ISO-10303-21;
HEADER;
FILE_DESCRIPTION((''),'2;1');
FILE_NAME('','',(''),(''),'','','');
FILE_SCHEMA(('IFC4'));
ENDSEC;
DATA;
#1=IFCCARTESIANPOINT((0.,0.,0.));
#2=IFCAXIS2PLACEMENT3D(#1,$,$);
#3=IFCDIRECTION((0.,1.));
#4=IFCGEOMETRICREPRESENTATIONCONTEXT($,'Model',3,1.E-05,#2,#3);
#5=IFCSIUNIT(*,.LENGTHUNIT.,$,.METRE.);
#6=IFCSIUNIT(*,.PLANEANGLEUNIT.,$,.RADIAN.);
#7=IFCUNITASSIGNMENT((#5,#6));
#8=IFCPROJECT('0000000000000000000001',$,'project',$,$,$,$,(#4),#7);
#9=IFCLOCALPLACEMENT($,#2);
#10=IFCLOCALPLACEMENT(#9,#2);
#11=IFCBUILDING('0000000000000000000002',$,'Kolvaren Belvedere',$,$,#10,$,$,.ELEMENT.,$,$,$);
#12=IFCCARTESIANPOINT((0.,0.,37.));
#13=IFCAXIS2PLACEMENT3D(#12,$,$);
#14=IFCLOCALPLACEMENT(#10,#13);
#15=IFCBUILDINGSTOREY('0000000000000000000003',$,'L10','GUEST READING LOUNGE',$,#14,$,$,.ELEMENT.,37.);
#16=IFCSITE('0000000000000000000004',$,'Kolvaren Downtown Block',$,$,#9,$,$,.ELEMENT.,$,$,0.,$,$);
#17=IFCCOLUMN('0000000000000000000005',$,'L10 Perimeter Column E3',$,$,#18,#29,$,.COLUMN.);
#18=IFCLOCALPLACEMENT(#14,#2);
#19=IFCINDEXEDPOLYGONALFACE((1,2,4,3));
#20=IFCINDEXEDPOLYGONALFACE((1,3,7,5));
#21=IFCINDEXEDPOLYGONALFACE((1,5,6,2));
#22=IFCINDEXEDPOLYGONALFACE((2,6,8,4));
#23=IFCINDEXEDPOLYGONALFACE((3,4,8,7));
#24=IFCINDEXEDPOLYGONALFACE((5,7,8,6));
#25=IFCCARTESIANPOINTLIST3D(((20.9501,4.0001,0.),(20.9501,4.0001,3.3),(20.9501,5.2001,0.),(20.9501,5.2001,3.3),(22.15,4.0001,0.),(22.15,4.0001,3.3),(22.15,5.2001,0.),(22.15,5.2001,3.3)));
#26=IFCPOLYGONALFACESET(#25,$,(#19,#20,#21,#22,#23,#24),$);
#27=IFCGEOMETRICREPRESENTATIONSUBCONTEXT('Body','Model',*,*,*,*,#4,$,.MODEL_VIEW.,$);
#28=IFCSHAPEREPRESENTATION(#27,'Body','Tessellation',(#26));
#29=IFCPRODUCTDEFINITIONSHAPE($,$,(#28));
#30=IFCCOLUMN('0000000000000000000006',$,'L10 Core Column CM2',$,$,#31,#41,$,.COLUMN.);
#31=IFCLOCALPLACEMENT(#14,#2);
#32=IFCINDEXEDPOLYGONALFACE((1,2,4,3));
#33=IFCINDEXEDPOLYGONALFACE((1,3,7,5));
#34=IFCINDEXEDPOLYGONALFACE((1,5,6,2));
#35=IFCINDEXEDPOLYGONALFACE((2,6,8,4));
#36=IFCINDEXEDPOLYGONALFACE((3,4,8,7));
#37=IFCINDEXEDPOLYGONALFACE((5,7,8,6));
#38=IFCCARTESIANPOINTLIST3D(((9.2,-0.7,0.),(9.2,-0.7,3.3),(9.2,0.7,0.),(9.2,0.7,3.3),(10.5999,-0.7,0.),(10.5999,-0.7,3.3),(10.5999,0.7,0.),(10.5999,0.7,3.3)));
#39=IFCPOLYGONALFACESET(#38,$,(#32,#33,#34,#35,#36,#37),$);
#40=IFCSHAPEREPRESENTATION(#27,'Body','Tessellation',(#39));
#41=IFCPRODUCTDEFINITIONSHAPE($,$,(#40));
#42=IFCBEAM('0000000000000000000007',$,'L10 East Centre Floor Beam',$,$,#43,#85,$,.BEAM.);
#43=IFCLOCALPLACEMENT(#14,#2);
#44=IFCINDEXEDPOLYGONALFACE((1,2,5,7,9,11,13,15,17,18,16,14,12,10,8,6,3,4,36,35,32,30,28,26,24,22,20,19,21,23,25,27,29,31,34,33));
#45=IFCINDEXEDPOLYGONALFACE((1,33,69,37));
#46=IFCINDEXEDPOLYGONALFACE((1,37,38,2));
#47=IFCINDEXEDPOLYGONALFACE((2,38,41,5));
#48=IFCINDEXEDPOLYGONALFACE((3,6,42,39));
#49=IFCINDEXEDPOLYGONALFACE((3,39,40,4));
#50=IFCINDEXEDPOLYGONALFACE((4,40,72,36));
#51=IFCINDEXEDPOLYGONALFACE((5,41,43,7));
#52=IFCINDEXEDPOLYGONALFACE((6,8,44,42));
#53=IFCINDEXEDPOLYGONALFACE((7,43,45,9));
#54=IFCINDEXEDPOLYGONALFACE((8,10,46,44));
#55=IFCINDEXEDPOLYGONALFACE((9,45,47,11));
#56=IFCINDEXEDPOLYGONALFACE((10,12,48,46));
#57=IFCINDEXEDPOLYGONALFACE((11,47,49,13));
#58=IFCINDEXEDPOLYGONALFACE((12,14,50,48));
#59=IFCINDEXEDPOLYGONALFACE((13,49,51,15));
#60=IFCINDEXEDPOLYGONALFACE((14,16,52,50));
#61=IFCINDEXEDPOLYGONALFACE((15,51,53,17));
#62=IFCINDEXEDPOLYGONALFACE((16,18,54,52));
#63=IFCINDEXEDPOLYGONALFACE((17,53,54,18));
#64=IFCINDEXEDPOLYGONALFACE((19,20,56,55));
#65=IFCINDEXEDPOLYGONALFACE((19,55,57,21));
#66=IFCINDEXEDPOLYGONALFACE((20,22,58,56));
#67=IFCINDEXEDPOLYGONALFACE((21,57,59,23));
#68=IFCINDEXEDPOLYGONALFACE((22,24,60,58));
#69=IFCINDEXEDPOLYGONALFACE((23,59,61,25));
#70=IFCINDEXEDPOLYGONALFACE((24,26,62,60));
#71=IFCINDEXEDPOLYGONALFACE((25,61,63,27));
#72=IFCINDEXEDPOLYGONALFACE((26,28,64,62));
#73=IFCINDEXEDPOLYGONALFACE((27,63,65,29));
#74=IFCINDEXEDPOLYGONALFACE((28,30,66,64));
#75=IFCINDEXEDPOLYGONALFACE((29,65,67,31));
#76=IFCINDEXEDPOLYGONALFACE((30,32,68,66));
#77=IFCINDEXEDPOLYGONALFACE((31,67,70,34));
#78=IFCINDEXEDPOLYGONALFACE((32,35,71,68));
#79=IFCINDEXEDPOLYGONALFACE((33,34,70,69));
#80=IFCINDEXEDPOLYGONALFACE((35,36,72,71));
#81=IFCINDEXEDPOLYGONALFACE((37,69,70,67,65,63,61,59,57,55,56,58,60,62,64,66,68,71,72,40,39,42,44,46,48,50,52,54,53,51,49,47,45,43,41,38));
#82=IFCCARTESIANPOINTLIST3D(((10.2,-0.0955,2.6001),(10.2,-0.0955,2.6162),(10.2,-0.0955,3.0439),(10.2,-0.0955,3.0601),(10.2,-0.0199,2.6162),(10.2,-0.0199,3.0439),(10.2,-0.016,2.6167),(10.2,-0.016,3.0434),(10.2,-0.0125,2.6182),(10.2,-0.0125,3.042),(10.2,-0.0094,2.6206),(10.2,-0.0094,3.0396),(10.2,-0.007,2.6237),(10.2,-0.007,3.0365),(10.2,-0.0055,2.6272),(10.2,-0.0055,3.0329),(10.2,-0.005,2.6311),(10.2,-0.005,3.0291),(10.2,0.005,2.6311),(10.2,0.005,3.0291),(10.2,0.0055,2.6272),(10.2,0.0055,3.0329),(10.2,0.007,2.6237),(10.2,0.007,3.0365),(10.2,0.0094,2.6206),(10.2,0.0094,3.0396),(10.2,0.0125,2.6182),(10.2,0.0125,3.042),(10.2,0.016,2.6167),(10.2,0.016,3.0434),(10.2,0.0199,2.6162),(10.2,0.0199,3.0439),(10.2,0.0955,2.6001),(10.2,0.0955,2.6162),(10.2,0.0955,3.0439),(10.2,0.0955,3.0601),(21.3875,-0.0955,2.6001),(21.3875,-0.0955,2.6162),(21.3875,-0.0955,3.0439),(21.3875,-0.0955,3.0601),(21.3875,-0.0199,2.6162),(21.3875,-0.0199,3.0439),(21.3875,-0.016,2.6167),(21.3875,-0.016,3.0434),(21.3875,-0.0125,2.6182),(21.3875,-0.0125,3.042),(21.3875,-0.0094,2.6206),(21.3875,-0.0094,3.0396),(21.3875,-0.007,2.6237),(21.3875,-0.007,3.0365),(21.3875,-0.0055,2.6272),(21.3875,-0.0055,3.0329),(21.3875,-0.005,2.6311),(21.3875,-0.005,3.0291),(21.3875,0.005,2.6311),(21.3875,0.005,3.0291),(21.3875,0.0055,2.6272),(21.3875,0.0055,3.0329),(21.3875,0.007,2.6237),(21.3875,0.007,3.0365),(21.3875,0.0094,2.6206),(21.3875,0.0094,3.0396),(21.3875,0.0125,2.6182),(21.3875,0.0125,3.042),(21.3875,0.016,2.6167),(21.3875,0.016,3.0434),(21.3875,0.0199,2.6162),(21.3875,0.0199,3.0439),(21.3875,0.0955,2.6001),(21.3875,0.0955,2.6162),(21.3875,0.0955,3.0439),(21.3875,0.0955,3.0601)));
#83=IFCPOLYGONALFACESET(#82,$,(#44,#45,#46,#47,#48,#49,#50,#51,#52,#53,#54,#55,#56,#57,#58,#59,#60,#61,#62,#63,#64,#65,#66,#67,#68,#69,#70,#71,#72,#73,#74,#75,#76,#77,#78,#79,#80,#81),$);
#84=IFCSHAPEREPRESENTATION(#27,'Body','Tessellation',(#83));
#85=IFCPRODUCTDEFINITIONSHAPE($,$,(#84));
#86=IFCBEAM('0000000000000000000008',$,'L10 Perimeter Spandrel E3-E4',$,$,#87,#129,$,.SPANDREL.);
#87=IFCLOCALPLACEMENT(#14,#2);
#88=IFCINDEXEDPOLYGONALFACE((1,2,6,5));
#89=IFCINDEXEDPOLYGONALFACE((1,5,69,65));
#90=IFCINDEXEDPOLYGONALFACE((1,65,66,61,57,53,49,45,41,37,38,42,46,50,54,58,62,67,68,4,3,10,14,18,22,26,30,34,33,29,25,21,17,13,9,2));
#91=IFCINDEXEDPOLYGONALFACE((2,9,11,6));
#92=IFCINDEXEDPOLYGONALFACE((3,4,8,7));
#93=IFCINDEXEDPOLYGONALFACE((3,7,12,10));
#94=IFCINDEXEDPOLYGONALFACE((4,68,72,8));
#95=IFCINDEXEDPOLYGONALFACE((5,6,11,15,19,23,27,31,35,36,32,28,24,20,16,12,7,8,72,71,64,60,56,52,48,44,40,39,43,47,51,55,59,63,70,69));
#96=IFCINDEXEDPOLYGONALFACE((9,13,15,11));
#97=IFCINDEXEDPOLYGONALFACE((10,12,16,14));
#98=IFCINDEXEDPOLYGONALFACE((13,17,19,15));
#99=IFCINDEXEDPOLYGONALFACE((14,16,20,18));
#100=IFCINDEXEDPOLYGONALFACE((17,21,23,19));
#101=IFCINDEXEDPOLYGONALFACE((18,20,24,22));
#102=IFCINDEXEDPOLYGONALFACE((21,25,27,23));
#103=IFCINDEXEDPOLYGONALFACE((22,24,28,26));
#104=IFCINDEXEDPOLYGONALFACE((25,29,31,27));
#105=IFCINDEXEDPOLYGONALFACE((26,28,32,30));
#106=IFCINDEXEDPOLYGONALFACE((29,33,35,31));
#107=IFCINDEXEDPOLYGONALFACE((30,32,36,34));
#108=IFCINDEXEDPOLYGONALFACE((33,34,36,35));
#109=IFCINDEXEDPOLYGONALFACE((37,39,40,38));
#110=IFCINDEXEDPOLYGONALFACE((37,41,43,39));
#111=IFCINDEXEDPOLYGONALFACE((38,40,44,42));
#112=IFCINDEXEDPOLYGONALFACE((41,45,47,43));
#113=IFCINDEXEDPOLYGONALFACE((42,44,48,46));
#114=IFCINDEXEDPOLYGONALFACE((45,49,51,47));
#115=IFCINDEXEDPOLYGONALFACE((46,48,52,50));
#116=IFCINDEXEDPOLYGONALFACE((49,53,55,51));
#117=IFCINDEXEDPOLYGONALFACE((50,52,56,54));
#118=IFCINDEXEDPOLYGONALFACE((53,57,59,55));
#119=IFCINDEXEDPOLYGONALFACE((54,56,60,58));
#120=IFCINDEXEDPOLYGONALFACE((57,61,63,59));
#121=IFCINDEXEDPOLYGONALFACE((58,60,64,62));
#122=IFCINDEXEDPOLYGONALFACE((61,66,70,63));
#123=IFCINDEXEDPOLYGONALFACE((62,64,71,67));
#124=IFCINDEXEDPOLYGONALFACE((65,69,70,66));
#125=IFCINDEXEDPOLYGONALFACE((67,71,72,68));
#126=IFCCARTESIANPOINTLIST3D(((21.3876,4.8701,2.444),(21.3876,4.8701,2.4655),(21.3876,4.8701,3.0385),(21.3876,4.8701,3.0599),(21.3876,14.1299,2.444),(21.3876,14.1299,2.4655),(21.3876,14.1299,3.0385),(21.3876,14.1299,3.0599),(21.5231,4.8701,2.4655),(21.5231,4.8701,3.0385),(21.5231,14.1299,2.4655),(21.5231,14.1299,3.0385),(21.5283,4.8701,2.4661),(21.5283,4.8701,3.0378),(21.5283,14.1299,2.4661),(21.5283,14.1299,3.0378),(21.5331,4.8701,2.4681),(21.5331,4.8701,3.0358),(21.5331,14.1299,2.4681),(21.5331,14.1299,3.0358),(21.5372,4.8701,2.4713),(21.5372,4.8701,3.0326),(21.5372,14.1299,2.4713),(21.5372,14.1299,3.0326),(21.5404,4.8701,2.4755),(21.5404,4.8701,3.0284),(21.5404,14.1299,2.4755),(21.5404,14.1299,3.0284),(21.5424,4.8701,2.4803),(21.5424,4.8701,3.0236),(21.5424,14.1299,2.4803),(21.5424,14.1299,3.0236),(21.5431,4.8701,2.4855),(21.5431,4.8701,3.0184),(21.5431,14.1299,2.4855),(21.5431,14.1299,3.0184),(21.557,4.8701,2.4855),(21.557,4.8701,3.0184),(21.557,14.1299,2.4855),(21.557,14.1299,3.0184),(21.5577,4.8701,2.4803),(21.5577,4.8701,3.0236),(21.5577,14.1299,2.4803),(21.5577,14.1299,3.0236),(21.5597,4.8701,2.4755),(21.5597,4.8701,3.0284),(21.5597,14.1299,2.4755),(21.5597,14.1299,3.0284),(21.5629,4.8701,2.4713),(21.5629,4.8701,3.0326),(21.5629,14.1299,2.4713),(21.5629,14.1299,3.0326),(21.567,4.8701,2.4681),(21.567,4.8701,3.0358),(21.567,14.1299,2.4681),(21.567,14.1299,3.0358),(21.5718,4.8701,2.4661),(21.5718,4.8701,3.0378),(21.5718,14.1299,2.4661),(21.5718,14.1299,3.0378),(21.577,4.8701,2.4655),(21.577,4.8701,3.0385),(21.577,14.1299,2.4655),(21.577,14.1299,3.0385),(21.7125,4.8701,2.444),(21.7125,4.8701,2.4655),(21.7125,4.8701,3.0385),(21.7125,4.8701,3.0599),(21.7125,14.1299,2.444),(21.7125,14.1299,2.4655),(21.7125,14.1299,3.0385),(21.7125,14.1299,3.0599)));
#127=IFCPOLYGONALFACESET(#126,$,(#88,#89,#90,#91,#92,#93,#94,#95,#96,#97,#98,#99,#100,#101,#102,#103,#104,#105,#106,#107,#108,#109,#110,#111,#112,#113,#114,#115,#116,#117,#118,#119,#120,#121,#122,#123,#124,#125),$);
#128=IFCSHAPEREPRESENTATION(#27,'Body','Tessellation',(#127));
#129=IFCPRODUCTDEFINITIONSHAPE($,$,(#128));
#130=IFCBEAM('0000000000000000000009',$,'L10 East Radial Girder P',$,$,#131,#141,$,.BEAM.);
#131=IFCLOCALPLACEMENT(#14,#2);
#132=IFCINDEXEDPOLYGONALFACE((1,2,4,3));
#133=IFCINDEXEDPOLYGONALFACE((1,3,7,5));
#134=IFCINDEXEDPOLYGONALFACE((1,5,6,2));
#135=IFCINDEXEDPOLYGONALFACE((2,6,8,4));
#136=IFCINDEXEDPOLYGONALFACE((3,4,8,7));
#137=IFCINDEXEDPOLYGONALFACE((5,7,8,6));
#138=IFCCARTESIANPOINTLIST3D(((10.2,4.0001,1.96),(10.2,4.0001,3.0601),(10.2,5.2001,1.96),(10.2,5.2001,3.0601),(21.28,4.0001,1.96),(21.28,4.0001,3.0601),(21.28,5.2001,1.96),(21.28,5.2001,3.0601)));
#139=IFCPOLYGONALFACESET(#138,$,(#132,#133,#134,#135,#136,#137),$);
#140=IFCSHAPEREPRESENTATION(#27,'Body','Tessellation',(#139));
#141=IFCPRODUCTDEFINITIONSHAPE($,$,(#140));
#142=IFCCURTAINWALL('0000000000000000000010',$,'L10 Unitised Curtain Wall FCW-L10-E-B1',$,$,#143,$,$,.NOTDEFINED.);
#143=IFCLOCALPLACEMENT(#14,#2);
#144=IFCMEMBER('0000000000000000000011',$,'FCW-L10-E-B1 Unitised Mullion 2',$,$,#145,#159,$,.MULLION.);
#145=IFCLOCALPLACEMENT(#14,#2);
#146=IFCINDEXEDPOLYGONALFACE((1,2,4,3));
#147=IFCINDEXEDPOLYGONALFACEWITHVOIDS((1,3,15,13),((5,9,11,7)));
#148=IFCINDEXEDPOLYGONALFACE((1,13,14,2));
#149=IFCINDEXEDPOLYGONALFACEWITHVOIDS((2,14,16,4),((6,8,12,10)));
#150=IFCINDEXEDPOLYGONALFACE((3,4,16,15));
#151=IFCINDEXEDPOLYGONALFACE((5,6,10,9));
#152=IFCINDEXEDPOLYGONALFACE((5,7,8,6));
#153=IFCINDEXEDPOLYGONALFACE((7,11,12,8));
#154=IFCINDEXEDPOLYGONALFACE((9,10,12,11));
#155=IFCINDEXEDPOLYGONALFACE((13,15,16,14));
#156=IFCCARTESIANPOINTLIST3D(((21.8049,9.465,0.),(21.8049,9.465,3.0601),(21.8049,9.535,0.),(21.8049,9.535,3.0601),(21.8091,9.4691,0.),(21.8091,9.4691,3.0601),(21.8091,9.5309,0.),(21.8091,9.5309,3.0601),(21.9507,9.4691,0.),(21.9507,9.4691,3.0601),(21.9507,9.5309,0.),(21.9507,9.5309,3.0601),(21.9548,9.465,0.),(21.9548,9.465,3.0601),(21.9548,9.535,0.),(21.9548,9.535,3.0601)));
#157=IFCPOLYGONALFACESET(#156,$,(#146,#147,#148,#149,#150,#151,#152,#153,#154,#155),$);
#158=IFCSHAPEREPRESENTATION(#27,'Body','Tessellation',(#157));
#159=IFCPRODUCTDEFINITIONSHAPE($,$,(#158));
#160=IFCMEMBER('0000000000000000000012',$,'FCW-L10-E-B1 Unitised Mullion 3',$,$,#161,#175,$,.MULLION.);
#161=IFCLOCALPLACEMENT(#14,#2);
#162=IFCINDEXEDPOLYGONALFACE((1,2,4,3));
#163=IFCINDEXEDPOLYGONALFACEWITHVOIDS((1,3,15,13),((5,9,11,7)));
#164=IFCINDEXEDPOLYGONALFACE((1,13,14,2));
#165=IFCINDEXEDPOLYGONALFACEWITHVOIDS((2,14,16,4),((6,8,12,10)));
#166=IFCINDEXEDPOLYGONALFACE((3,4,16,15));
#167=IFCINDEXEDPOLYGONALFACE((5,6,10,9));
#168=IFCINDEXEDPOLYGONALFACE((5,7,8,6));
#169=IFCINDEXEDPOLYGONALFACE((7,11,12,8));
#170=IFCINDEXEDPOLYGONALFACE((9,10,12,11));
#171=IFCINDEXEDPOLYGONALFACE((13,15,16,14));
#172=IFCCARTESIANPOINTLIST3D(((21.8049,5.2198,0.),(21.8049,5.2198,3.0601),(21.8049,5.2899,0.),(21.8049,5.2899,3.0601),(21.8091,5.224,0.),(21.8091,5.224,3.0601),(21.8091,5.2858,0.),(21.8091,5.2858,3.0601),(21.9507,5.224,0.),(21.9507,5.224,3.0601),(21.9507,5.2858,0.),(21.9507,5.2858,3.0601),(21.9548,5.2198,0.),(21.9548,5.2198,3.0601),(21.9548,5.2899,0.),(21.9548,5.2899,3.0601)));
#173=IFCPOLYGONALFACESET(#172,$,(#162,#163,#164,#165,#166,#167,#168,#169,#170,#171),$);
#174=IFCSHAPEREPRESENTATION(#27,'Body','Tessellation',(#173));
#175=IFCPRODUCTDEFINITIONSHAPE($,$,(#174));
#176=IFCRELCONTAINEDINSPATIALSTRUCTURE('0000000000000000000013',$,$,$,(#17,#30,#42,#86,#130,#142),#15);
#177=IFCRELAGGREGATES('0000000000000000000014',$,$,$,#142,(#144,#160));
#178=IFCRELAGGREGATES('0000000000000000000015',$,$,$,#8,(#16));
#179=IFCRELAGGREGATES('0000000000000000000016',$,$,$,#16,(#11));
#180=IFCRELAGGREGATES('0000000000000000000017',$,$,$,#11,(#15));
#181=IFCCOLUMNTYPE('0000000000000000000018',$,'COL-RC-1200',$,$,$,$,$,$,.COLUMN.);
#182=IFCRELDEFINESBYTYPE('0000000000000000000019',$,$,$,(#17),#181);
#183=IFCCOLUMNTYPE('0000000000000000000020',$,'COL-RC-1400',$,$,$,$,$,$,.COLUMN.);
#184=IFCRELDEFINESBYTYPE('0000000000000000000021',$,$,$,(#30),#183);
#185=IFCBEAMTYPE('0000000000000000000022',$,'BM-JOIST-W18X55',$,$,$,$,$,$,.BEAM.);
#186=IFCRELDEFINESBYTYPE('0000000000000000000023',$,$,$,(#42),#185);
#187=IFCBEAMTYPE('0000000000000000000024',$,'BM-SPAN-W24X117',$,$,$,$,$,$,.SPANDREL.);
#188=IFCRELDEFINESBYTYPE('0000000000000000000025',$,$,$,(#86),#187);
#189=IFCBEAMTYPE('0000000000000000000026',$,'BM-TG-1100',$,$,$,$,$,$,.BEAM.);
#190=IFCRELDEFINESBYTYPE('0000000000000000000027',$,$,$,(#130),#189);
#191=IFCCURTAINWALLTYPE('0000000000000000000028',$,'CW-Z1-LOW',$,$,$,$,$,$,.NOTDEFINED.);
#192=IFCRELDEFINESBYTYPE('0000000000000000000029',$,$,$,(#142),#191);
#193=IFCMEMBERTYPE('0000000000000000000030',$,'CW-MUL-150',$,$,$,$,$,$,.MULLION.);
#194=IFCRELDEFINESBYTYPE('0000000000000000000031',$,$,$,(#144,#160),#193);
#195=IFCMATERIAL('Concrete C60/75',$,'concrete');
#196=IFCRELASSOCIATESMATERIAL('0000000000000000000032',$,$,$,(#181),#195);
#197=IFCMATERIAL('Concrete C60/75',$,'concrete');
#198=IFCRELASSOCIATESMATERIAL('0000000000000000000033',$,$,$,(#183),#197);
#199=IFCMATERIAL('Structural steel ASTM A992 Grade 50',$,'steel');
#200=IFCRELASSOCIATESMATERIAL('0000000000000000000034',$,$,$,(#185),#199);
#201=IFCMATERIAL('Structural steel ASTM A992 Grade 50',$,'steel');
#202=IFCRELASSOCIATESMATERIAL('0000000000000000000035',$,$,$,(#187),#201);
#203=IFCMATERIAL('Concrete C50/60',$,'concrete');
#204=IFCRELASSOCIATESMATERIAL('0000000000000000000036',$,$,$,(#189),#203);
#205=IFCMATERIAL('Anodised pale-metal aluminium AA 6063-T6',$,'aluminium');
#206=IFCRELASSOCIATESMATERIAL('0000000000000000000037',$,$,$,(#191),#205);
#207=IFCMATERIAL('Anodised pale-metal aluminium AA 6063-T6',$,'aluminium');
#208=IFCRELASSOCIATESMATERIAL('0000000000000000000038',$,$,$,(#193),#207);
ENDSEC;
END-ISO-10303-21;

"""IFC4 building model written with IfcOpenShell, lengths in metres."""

from ifc_helpers import new_model, si_unit, direction, frame, origin, origin_2d, place, context, subcontext, project, spatial, rectangle, hollow_rectangle, i_section, extrude, material, material_profile, profile_set, type_object, element, aggregate, save


model = new_model("IFC4")

# Units and contexts
model_context = context("Model", 3, precision=1e-05, world=origin(), true_north=direction((0.0, 1.0)))
body_context = subcontext(model_context, "Body", "Model", "MODEL_VIEW")
ifc_project = project(units=[si_unit("LENGTHUNIT", "METRE"), si_unit("PLANEANGLEUNIT", "RADIAN")], contexts=[model_context])

# Site, building, storey
site_placement = place(None, origin())
site = spatial("IfcSite", under=ifc_project, at=site_placement, Name="Kolvaren Downtown Block", CompositionType="ELEMENT", RefElevation=0.0)
building_placement = place(site_placement, origin())
building = spatial("IfcBuilding", under=site, at=building_placement, Name="Kolvaren Belvedere", CompositionType="ELEMENT")
storey_placement = place(building_placement, frame((0.0, 0.0, 37.0)))
storey = spatial("IfcBuildingStorey", under=building, at=storey_placement, Name="L10", Description="GUEST READING LOUNGE", CompositionType="ELEMENT", Elevation=37.0)

# Columns
ifc_material_1 = material(Name="Concrete C60/75", Category="concrete")
ifc_material_profile_1 = material_profile(ifc_material_1, rectangle(XDim=1.2, YDim=1.2, at=origin_2d()), Name="RC 1200X1200")
ifc_profile_set_1 = profile_set([ifc_material_profile_1], Name="Concrete C60/75")
column_type_1 = type_object("IfcColumnType", Name="COL-RC-1200", PredefinedType="COLUMN", material=ifc_profile_set_1)
column_1_placement = place(storey_placement, frame((21.55, 4.6001, 0.0), z_axis=(0.0, 0.0, 1.0), x_axis=(1.0, 0.0, 0.0)))
element("IfcColumn", 1, at=column_1_placement, inside=storey, type_object=column_type_1, Name="L10 Perimeter Column E3", PredefinedType="COLUMN", context=body_context, shape_type="SweptSolid", body=[
    extrude(rectangle(XDim=1.2, YDim=1.2, at=origin_2d()), origin(), (0.0, 0.0, 1.0), 3.3),
])
ifc_material_2 = material(Name="Concrete C60/75", Category="concrete")
ifc_material_profile_2 = material_profile(ifc_material_2, rectangle(XDim=1.3999, YDim=1.3999, at=origin_2d()), Name="RC 1400X1400")
ifc_profile_set_2 = profile_set([ifc_material_profile_2], Name="Concrete C60/75")
column_type_2 = type_object("IfcColumnType", Name="COL-RC-1400", PredefinedType="COLUMN", material=ifc_profile_set_2)
column_2_placement = place(storey_placement, frame((9.8999, 0.0, 0.0), z_axis=(0.0, 0.0, 1.0), x_axis=(1.0, 0.0, 0.0)))
element("IfcColumn", 2, at=column_2_placement, inside=storey, type_object=column_type_2, Name="L10 Core Column CM2", PredefinedType="COLUMN", context=body_context, shape_type="SweptSolid", body=[
    extrude(rectangle(XDim=1.3999, YDim=1.3999, at=origin_2d()), origin(), (0.0, 0.0, 1.0), 3.3),
])

# Beams
ifc_material_3 = material(Name="Structural steel ASTM A992 Grade 50", Category="steel")
ifc_material_profile_3 = material_profile(ifc_material_3, i_section(OverallWidth=0.1909, OverallDepth=0.46, WebThickness=0.01, FlangeThickness=0.0161, FilletRadius=0.0149, at=origin_2d()), Name="W18X55")
ifc_profile_set_3 = profile_set([ifc_material_profile_3], Name="Structural steel ASTM A992 Grade 50")
beam_type_1 = type_object("IfcBeamType", Name="BM-JOIST-W18X55", PredefinedType="BEAM", material=ifc_profile_set_3)
beam_1_placement = place(storey_placement, frame((10.2, 0.0, 2.8301), z_axis=(1.0, 0.0, 0.0), x_axis=(0.0, 1.0, 0.0)))
element("IfcBeam", 3, at=beam_1_placement, inside=storey, type_object=beam_type_1, Name="L10 East Centre Floor Beam", PredefinedType="BEAM", context=body_context, shape_type="SweptSolid", body=[
    extrude(i_section(OverallWidth=0.1909, OverallDepth=0.46, WebThickness=0.01, FlangeThickness=0.0161, FilletRadius=0.0149, at=origin_2d()), origin(), (0.0, 0.0, 1.0), 11.1875),
])
ifc_material_4 = material(Name="Structural steel ASTM A992 Grade 50", Category="steel")
ifc_material_profile_4 = material_profile(ifc_material_4, i_section(OverallWidth=0.325, OverallDepth=0.616, WebThickness=0.0139, FlangeThickness=0.0215, FilletRadius=0.02, at=origin_2d()), Name="W24X117")
ifc_profile_set_4 = profile_set([ifc_material_profile_4], Name="Structural steel ASTM A992 Grade 50")
beam_type_2 = type_object("IfcBeamType", Name="BM-SPAN-W24X117", PredefinedType="SPANDREL", material=ifc_profile_set_4)
beam_2_placement = place(storey_placement, frame((21.55, 4.8701, 2.752), z_axis=(0.0, 1.0, 0.0), x_axis=(-1.0, 0.0, 0.0)))
element("IfcBeam", 4, at=beam_2_placement, inside=storey, type_object=beam_type_2, Name="L10 Perimeter Spandrel E3-E4", PredefinedType="SPANDREL", context=body_context, shape_type="SweptSolid", body=[
    extrude(i_section(OverallWidth=0.325, OverallDepth=0.616, WebThickness=0.0139, FlangeThickness=0.0215, FilletRadius=0.02, at=origin_2d()), origin(), (0.0, 0.0, 1.0), 9.2598),
])
ifc_material_5 = material(Name="Concrete C50/60", Category="concrete")
ifc_material_profile_5 = material_profile(ifc_material_5, rectangle(XDim=1.2, YDim=1.1001, at=origin_2d()), Name="RC 1200X1100")
ifc_profile_set_5 = profile_set([ifc_material_profile_5], Name="Concrete C50/60")
beam_type_3 = type_object("IfcBeamType", Name="BM-TG-1100", PredefinedType="BEAM", material=ifc_profile_set_5)
beam_3_placement = place(storey_placement, frame((10.2, 4.6001, 2.51), z_axis=(1.0, 0.0, 0.0), x_axis=(0.0, 1.0, 0.0)))
element("IfcBeam", 5, at=beam_3_placement, inside=storey, type_object=beam_type_3, Name="L10 East Radial Girder P", PredefinedType="BEAM", context=body_context, shape_type="SweptSolid", body=[
    extrude(rectangle(XDim=1.2, YDim=1.1001, at=origin_2d()), origin(), (0.0, 0.0, 1.0), 11.0801),
])

# Curtain wall, members
ifc_material_6 = material(Name="Anodised pale-metal aluminium AA 6063-T6", Category="aluminium")
curtain_wall_type = type_object("IfcCurtainWallType", Name="CW-Z1-LOW", PredefinedType="NOTDEFINED", material=ifc_material_6)
curtain_wall_1_placement = place(storey_placement, origin())
curtain_wall_1 = element("IfcCurtainWall", 6, at=curtain_wall_1_placement, inside=storey, type_object=curtain_wall_type, Name="L10 Unitised Curtain Wall FCW-L10-E-B1", PredefinedType="NOTDEFINED")
ifc_material_7 = material(Name="Anodised pale-metal aluminium AA 6063-T6", Category="aluminium")
ifc_material_profile_6 = material_profile(ifc_material_7, hollow_rectangle(XDim=0.0701, YDim=0.1499, WallThickness=0.0042, at=origin_2d()), Name="ALU-MUL-150X70")
ifc_profile_set_6 = profile_set([ifc_material_profile_6], Name="Anodised pale-metal aluminium AA 6063-T6")
member_type_1 = type_object("IfcMemberType", Name="CW-MUL-150", PredefinedType="MULLION", material=ifc_profile_set_6)
member_1_placement = place(storey_placement, frame((21.8799, 9.5, 0.0), z_axis=(0.0, 0.0, 1.0), x_axis=(0.0, 1.0, 0.0)))
member_1 = element("IfcMember", 7, at=member_1_placement, type_object=member_type_1, Name="FCW-L10-E-B1 Unitised Mullion 2", PredefinedType="MULLION", context=body_context, shape_type="SweptSolid", body=[
    extrude(hollow_rectangle(XDim=0.0701, YDim=0.1499, WallThickness=0.0042, at=origin_2d()), origin(), (0.0, 0.0, 1.0), 3.0601),
])
member_2_placement = place(storey_placement, frame((21.8799, 5.2549, 0.0), z_axis=(0.0, 0.0, 1.0), x_axis=(0.0, 1.0, 0.0)))
member_2 = element("IfcMember", 8, at=member_2_placement, type_object=member_type_1, Name="FCW-L10-E-B1 Unitised Mullion 3", PredefinedType="MULLION", context=body_context, shape_type="SweptSolid", body=[
    extrude(hollow_rectangle(XDim=0.0701, YDim=0.1499, WallThickness=0.0042, at=origin_2d()), origin(), (0.0, 0.0, 1.0), 3.0601),
])

aggregate(curtain_wall_1, [member_1, member_2])

save(model, "model.ifc")
